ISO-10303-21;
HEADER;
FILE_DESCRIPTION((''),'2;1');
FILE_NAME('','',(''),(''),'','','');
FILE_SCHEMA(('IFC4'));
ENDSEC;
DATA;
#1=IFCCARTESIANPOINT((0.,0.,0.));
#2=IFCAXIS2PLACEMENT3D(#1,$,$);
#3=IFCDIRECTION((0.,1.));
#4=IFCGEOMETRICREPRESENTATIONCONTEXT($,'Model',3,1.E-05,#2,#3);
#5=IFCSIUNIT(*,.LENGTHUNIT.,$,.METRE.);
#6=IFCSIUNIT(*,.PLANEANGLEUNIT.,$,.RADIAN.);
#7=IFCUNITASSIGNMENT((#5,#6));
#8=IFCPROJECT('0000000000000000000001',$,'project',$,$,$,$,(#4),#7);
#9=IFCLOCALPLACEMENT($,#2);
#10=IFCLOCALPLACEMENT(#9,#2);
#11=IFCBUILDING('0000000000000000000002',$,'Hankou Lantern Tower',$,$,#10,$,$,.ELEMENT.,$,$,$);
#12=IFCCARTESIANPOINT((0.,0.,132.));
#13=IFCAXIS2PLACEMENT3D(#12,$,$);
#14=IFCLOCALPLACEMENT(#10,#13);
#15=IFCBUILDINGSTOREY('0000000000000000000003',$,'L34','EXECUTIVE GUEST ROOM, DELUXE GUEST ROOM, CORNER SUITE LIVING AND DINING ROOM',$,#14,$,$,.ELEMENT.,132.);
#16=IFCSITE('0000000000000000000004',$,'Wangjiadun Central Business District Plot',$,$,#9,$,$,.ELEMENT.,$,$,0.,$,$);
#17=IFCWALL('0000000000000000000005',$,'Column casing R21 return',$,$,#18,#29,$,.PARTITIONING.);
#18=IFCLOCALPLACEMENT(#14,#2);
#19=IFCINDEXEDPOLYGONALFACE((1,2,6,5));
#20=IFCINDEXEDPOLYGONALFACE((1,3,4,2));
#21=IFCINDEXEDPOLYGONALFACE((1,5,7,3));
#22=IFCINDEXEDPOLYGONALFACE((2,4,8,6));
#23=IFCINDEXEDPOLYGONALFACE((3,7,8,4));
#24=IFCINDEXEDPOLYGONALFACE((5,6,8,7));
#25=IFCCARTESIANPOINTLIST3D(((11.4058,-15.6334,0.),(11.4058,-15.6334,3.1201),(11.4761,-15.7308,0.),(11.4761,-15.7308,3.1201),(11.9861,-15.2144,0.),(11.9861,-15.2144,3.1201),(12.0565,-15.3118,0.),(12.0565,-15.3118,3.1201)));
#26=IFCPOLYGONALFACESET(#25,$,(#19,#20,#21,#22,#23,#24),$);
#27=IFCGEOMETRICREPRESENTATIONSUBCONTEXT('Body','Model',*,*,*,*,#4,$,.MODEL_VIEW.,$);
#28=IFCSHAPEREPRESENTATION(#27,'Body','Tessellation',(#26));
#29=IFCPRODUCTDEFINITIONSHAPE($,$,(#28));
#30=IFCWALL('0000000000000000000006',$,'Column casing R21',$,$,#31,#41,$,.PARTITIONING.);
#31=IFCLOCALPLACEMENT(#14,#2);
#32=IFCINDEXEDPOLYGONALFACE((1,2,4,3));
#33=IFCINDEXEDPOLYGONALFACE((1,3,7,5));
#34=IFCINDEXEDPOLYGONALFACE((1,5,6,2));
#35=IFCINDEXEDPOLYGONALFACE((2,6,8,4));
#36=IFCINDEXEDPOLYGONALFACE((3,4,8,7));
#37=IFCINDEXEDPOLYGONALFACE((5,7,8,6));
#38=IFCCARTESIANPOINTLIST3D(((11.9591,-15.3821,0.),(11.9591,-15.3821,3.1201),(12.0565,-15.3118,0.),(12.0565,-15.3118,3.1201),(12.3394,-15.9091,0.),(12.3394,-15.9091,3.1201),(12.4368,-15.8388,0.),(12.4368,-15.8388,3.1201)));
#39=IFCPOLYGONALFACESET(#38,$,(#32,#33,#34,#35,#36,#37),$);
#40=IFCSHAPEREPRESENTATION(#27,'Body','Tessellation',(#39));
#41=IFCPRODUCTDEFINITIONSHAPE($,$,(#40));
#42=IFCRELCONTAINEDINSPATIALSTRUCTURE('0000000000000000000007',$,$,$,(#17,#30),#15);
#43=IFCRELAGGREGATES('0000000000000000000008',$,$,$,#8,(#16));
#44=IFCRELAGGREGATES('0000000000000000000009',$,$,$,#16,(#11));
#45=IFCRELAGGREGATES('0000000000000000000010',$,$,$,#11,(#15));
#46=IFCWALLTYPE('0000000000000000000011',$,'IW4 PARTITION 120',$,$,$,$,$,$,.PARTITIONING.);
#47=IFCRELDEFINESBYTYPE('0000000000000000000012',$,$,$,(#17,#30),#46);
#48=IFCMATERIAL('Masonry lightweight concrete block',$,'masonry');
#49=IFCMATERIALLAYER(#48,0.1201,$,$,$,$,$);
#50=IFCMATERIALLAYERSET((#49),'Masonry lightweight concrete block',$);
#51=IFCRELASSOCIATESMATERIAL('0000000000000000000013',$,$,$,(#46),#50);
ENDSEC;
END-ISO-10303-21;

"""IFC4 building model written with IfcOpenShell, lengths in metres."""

from ifc_helpers import new_model, si_unit, direction, frame, frame_2d, origin, place, context, subcontext, project, spatial, rectangle, extrude, material, layer, layer_set, type_object, element, save


model = new_model("IFC4")

# Units and contexts
model_context = context("Model", 3, precision=1e-05, world=origin(), true_north=direction((0.0, 1.0)))
body_context = subcontext(model_context, "Body", "Model", "MODEL_VIEW")
ifc_project = project(units=[si_unit("LENGTHUNIT", "METRE"), si_unit("PLANEANGLEUNIT", "RADIAN")], contexts=[model_context])

# Site, building, storey
site_placement = place(None, origin())
site = spatial("IfcSite", under=ifc_project, at=site_placement, Name="Wangjiadun Central Business District Plot", CompositionType="ELEMENT", RefElevation=0.0)
building_placement = place(site_placement, origin())
building = spatial("IfcBuilding", under=site, at=building_placement, Name="Hankou Lantern Tower", CompositionType="ELEMENT")
storey_placement = place(building_placement, frame((0.0, 0.0, 132.0)))
storey = spatial("IfcBuildingStorey", under=building, at=storey_placement, Name="L34", Description="EXECUTIVE GUEST ROOM, DELUXE GUEST ROOM, CORNER SUITE LIVING AND DINING ROOM", CompositionType="ELEMENT", Elevation=132.0)

# Walls
ifc_material_1 = material(Name="Masonry lightweight concrete block", Category="masonry")
ifc_layer_1 = layer(ifc_material_1, 0.1201)
ifc_layer_set_1 = layer_set([ifc_layer_1], Name="Masonry lightweight concrete block")
wall_type_1 = type_object("IfcWallType", Name="IW4 PARTITION 120", PredefinedType="PARTITIONING", material=ifc_layer_set_1)
wall_1_placement = place(storey_placement, frame((11.4409, -15.6821, 0.0), z_axis=(0.0, 0.0, 1.0), x_axis=(0.810796, 0.585329, 0.0)))
element("IfcWall", 1, at=wall_1_placement, inside=storey, type_object=wall_type_1, Name="Column casing R21 return", PredefinedType="PARTITIONING", context=body_context, shape_type="SweptSolid", body=[
    extrude(rectangle(XDim=0.7158, YDim=0.1201, at=frame_2d((0.3579, 0.0))), origin(), (0.0, 0.0, 1.0), 3.1201),
])
wall_2_placement = place(storey_placement, frame((12.0078, -15.3469, 0.0), z_axis=(0.0, 0.0, 1.0), x_axis=(0.585175, -0.810907, 0.0)))
element("IfcWall", 2, at=wall_2_placement, inside=storey, type_object=wall_type_1, Name="Column casing R21", PredefinedType="PARTITIONING", context=body_context, shape_type="SweptSolid", body=[
    extrude(rectangle(XDim=0.6499, YDim=0.1201, at=frame_2d((0.325, 0.0))), origin(), (0.0, 0.0, 1.0), 3.1201),
])

save(model, "model.ifc")
